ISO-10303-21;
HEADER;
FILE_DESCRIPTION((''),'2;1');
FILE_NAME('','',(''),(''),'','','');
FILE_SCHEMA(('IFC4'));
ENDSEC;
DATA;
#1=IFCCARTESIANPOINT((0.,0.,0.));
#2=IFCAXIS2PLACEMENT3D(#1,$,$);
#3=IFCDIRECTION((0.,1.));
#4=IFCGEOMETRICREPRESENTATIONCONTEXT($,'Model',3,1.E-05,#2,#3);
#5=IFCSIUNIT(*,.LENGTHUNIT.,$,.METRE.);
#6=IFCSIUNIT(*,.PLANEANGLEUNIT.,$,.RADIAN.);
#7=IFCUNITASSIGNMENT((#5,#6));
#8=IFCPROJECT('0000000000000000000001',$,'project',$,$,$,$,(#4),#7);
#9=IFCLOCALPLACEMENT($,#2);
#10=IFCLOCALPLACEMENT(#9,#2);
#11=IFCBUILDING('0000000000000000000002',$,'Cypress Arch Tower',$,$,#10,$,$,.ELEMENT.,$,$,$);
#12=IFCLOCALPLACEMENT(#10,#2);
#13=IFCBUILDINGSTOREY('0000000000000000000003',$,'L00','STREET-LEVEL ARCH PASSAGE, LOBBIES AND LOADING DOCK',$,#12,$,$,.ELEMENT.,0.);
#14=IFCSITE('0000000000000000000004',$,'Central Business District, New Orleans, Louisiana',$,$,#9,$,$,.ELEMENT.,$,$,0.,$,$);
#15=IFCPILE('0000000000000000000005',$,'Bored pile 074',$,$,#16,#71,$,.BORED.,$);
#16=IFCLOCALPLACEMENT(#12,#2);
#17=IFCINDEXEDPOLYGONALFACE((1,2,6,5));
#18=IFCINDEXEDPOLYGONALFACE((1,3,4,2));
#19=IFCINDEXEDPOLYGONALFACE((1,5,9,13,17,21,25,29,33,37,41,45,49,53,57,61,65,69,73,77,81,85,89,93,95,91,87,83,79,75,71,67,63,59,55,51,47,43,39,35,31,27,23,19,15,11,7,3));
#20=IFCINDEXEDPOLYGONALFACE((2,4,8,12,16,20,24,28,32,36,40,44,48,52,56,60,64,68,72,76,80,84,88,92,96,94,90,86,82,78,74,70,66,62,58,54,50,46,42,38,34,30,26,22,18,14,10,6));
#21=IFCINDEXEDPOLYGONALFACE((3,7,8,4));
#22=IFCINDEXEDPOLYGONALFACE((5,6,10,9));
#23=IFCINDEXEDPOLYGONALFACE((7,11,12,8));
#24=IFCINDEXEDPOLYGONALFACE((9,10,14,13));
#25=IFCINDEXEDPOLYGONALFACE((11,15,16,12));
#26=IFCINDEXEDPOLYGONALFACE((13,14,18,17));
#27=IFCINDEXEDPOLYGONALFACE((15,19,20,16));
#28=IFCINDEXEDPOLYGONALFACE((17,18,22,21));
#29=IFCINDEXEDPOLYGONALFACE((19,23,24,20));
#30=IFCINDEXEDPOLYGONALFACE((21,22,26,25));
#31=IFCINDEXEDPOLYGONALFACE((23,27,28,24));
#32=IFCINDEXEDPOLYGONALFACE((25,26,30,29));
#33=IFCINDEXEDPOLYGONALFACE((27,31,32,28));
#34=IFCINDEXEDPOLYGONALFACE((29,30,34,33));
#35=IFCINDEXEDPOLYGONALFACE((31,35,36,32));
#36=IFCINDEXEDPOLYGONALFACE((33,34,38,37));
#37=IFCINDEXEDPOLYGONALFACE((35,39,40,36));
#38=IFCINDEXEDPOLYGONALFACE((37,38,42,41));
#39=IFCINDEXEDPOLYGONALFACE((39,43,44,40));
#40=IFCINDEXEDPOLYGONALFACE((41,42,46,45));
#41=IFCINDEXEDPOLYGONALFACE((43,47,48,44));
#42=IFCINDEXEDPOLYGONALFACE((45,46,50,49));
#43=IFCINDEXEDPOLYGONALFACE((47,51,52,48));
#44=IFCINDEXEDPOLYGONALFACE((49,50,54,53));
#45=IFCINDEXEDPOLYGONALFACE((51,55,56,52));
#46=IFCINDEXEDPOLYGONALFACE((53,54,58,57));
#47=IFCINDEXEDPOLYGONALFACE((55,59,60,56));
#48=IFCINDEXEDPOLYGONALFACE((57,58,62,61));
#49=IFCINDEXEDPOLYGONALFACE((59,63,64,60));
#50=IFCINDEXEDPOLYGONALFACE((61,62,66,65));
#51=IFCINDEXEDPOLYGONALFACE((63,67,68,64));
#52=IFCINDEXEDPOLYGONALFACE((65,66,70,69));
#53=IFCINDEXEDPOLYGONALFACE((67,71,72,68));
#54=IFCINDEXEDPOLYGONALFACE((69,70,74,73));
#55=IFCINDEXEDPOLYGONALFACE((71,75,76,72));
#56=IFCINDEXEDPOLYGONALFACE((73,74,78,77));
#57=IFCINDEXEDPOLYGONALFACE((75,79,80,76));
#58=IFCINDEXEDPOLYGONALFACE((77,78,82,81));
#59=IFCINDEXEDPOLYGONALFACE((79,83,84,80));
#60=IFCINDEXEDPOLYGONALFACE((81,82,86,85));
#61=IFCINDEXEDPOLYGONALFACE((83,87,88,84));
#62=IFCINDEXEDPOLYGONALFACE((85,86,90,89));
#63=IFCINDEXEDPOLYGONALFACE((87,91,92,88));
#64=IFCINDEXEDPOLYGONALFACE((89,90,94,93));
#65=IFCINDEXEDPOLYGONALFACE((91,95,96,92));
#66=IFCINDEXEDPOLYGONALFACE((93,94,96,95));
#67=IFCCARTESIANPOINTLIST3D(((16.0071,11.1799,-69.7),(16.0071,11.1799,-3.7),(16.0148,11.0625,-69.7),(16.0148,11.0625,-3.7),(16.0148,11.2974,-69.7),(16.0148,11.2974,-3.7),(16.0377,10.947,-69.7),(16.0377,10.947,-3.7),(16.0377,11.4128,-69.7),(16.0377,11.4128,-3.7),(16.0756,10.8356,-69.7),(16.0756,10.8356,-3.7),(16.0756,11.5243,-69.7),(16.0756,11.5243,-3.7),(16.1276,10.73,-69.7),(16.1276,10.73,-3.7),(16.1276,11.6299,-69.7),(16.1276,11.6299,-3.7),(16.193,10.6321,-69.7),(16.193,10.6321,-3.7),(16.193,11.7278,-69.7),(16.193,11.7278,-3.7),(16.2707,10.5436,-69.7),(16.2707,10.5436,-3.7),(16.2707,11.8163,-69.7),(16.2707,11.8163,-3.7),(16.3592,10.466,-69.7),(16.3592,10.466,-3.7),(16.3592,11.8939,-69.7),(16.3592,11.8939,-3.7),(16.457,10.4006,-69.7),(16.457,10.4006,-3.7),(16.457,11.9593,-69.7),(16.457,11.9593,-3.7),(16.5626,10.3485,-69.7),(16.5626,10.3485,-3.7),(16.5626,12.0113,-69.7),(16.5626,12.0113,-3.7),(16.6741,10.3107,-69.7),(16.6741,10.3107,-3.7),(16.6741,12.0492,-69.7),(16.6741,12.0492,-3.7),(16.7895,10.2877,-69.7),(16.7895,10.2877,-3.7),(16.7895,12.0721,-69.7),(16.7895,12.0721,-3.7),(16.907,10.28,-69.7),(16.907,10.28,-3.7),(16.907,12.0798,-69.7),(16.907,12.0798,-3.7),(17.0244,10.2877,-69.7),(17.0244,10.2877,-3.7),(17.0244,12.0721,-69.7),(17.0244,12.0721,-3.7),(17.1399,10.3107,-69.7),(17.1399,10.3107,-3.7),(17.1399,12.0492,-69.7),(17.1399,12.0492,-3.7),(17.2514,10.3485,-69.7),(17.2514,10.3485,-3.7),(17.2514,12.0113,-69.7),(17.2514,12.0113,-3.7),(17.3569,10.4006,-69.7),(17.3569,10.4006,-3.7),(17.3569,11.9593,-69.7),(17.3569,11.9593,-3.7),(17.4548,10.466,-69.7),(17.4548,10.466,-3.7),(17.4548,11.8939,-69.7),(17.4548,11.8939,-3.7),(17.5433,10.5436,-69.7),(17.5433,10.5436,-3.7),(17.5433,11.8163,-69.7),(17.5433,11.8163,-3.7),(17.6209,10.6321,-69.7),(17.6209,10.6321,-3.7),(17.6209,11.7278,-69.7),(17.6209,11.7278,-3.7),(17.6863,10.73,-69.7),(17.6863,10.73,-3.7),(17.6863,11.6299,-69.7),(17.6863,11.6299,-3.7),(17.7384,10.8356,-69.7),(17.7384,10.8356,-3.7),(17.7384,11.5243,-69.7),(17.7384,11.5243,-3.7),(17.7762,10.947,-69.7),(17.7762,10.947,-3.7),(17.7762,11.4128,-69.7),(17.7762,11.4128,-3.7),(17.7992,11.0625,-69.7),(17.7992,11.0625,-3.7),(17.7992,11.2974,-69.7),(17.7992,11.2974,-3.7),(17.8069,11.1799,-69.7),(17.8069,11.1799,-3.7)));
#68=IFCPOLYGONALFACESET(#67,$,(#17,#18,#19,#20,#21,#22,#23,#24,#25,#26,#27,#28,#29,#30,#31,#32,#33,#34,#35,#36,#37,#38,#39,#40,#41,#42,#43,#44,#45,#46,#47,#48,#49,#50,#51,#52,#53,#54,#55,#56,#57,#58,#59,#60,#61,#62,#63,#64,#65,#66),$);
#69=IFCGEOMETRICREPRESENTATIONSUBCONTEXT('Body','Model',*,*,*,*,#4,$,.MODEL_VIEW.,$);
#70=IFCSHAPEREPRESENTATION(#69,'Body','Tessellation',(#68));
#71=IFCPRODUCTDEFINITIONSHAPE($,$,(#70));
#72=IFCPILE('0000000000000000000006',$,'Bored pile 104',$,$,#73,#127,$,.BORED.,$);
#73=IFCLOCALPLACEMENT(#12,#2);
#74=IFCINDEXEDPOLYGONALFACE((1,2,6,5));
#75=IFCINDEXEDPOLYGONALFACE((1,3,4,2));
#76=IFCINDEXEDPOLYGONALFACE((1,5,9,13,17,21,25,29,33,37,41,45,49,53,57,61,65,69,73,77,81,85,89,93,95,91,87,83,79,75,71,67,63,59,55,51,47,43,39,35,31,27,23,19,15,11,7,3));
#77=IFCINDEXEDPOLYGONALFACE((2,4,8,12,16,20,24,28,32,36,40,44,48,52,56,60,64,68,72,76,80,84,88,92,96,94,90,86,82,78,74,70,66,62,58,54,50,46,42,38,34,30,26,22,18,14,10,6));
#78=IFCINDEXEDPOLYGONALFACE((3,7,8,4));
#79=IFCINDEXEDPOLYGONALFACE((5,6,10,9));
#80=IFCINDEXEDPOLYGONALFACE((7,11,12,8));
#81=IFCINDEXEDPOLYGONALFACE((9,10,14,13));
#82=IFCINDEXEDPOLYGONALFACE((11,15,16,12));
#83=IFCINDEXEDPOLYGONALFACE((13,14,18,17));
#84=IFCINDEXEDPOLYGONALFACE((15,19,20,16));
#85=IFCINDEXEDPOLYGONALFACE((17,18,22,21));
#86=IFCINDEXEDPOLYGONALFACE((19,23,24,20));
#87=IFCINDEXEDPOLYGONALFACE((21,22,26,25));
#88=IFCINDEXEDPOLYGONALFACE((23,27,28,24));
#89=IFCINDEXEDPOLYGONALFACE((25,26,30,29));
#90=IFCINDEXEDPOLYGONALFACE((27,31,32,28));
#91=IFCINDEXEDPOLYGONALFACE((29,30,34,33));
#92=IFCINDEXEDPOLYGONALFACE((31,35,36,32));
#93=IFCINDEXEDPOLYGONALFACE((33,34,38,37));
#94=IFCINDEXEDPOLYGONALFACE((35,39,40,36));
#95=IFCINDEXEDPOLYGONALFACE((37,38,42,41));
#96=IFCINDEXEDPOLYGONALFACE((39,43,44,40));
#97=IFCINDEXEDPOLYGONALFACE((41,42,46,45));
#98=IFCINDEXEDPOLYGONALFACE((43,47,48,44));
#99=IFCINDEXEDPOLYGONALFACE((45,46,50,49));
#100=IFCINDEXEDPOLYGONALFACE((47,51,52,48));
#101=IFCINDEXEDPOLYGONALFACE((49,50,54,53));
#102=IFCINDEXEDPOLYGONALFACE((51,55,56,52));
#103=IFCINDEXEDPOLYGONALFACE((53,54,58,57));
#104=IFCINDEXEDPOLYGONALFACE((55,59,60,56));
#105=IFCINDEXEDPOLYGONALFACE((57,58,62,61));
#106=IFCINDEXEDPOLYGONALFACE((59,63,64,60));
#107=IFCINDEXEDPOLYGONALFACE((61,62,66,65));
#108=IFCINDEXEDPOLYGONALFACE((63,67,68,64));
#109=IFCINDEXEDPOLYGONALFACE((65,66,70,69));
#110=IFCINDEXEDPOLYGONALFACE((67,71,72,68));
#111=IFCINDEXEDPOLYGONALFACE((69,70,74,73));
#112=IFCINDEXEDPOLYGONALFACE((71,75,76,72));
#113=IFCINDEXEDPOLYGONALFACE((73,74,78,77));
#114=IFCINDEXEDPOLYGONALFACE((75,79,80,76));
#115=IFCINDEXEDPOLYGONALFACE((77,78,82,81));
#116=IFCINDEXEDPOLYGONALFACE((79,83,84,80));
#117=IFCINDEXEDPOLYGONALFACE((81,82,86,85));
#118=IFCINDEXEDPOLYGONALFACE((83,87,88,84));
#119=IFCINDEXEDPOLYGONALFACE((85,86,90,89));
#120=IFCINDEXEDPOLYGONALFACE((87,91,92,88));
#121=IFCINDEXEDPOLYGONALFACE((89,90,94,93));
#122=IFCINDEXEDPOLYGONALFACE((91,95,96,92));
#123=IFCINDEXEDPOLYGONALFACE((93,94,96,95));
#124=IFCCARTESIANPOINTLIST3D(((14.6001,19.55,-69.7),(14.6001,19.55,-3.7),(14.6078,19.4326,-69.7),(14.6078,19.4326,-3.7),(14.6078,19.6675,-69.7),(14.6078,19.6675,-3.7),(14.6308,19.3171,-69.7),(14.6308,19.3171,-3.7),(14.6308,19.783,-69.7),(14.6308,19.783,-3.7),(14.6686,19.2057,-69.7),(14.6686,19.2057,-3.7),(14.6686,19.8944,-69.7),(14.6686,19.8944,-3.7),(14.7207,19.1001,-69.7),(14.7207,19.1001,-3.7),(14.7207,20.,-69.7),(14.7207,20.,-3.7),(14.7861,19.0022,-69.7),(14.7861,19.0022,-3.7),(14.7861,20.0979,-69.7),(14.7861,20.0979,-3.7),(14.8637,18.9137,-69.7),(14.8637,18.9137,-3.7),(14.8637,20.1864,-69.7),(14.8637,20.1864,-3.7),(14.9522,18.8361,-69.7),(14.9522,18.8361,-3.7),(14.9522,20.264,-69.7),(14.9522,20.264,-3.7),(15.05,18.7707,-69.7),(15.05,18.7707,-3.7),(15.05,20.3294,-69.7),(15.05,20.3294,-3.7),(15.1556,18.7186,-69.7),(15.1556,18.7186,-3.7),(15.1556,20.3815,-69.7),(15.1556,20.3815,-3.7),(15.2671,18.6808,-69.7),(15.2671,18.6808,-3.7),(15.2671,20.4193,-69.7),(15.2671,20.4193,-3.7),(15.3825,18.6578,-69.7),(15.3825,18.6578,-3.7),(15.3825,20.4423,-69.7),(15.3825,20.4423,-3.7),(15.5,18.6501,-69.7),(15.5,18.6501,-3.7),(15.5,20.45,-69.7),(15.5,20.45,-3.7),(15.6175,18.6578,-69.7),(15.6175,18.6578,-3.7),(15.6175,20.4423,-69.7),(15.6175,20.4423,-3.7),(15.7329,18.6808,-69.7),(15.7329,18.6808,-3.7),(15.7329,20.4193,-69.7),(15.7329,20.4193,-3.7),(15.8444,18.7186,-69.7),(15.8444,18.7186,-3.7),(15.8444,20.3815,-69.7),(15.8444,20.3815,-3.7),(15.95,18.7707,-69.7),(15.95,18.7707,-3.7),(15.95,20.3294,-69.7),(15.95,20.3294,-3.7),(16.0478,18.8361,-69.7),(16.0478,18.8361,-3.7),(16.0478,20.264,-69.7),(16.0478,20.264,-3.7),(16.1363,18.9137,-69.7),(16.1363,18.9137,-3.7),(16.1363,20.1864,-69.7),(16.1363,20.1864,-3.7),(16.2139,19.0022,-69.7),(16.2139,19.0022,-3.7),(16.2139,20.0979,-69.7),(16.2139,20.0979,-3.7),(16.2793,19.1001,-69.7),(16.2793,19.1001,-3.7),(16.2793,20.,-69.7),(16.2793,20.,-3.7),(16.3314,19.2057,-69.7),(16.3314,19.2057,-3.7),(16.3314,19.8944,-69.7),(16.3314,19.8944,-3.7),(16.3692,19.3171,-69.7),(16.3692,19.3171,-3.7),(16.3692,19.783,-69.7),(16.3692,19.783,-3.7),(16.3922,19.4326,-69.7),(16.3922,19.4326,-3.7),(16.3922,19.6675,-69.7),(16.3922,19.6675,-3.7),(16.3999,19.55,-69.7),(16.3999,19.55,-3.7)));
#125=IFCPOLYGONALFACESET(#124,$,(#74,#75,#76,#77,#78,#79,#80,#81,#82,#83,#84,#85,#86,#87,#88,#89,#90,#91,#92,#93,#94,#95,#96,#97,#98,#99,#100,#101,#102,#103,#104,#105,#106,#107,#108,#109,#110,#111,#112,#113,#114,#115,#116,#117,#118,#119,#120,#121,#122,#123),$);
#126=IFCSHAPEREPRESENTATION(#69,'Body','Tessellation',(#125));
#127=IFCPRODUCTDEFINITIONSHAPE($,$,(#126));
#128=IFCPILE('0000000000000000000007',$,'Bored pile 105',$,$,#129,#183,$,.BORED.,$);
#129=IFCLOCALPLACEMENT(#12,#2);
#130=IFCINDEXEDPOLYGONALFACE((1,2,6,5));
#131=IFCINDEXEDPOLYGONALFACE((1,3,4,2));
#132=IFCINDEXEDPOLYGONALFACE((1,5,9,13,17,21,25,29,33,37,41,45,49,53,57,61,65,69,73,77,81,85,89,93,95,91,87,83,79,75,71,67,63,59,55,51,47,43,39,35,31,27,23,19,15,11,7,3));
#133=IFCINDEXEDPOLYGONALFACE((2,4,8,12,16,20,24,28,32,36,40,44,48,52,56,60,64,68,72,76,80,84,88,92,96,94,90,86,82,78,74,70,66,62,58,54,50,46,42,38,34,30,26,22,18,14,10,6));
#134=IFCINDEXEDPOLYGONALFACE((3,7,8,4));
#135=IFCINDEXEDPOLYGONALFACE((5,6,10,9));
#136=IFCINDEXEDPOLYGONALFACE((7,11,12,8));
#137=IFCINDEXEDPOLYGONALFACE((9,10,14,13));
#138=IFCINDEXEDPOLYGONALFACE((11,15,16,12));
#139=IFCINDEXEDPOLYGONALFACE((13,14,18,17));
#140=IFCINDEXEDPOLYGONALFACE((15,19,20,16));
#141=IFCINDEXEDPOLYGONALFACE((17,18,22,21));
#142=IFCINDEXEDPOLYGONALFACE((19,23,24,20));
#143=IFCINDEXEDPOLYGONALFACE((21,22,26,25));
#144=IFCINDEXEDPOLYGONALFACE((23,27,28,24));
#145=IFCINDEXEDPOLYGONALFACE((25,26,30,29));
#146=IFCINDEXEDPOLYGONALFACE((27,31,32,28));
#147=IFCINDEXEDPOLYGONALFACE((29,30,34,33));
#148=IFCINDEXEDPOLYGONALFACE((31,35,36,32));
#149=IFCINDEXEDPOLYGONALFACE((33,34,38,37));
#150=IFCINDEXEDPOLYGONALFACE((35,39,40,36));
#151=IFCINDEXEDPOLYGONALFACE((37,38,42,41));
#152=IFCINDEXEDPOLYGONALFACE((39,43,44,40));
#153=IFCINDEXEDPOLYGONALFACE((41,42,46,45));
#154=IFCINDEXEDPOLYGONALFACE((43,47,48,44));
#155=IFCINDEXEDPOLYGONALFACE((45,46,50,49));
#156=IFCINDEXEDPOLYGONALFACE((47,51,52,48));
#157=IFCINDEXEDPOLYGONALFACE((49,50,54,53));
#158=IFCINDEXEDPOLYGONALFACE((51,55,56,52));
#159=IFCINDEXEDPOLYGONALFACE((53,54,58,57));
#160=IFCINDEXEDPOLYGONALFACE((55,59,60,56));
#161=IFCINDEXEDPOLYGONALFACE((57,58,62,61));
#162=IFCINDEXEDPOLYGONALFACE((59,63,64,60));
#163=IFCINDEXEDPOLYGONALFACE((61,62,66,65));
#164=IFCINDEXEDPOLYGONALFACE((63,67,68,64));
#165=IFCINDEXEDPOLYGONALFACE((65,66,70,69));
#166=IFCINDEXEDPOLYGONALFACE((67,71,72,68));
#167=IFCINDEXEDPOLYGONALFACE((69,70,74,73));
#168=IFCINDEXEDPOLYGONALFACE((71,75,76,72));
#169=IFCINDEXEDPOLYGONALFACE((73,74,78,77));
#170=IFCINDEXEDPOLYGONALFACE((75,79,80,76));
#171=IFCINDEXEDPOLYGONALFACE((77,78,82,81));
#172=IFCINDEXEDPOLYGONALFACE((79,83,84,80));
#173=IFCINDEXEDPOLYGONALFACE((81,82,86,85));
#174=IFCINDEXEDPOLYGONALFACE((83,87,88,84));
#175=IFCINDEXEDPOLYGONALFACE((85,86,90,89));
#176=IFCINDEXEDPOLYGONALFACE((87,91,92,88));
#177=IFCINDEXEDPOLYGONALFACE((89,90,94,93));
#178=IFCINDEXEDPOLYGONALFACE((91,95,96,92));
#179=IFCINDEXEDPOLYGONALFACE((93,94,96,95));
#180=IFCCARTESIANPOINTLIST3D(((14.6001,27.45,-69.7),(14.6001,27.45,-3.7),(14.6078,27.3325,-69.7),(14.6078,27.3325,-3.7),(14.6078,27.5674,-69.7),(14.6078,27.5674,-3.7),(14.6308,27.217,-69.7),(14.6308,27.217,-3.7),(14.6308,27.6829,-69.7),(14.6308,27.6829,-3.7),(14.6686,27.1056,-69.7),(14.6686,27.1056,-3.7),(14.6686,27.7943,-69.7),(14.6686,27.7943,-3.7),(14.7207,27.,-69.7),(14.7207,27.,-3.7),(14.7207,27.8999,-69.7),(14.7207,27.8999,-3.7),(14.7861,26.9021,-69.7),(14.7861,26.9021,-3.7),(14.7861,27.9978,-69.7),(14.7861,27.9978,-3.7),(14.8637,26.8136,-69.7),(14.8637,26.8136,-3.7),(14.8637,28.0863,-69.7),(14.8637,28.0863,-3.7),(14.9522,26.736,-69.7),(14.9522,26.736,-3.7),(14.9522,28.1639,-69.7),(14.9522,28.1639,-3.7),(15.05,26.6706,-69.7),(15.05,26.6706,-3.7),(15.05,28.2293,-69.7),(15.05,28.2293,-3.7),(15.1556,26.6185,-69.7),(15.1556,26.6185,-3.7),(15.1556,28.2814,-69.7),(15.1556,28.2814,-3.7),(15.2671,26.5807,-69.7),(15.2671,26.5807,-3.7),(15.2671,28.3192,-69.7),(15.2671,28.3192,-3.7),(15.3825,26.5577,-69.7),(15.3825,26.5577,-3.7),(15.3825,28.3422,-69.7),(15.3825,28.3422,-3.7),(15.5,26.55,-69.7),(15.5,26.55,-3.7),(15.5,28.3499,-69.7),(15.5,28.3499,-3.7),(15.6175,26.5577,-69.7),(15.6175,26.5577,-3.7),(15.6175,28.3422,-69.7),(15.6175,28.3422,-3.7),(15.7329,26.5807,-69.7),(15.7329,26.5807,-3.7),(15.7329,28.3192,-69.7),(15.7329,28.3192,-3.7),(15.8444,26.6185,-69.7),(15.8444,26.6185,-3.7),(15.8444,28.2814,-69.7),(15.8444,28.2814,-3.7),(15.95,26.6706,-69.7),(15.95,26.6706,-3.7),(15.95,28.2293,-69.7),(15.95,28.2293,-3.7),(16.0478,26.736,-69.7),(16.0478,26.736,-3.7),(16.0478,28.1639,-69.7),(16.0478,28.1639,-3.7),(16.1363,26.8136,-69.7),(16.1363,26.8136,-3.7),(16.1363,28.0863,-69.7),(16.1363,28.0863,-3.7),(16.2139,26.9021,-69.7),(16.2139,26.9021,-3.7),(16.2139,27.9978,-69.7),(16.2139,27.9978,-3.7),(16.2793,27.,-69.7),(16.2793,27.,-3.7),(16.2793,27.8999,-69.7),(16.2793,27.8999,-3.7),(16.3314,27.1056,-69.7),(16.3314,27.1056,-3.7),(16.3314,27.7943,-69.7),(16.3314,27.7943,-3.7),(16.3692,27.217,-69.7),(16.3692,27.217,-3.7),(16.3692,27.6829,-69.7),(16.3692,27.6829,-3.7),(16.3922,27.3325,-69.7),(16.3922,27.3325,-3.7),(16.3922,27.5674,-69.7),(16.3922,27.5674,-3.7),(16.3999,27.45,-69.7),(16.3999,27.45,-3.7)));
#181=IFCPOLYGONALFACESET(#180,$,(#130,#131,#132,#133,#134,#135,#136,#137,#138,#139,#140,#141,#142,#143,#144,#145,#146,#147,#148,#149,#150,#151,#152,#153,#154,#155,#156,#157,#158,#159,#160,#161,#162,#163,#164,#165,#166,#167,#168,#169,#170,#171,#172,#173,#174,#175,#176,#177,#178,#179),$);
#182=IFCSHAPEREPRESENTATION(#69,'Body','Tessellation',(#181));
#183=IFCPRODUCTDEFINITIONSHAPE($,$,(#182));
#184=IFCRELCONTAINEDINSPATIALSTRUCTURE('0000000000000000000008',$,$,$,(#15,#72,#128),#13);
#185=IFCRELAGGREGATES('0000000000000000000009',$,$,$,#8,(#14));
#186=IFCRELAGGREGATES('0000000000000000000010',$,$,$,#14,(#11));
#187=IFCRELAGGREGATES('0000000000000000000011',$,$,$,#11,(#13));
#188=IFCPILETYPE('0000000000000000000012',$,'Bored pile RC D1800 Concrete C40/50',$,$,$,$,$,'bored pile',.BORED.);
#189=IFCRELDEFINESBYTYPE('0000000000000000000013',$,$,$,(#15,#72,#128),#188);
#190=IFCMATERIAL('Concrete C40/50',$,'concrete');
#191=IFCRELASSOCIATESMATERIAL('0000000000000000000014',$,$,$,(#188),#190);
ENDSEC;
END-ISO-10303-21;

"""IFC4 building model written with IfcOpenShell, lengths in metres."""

from ifc_helpers import new_model, si_unit, direction, frame, origin, origin_2d, place, context, subcontext, project, spatial, circle, extrude, material, material_profile, profile_set, type_object, element, save


model = new_model("IFC4")

# Units and contexts
model_context = context("Model", 3, precision=1e-05, world=origin(), true_north=direction((0.0, 1.0)))
body_context = subcontext(model_context, "Body", "Model", "MODEL_VIEW")
ifc_project = project(units=[si_unit("LENGTHUNIT", "METRE"), si_unit("PLANEANGLEUNIT", "RADIAN")], contexts=[model_context])

# Site, building, storey
site_placement = place(None, origin())
site = spatial("IfcSite", under=ifc_project, at=site_placement, Name="Central Business District, New Orleans, Louisiana", CompositionType="ELEMENT", RefElevation=0.0)
building_placement = place(site_placement, origin())
building = spatial("IfcBuilding", under=site, at=building_placement, Name="Cypress Arch Tower", CompositionType="ELEMENT")
storey_placement = place(building_placement, origin())
storey = spatial("IfcBuildingStorey", under=building, at=storey_placement, Name="L00", Description="STREET-LEVEL ARCH PASSAGE, LOBBIES AND LOADING DOCK", CompositionType="ELEMENT", Elevation=0.0)

# Piles
ifc_material_1 = material(Name="Concrete C40/50", Category="concrete")
ifc_material_profile_1 = material_profile(ifc_material_1, circle(Radius=0.8999, at=origin_2d()), Name="RC D1800")
ifc_profile_set_1 = profile_set([ifc_material_profile_1], Name="Concrete C40/50")
pile_type = type_object("IfcPileType", Name="Bored pile RC D1800 Concrete C40/50", ElementType="bored pile", PredefinedType="BORED", material=ifc_profile_set_1)
for number, where, z_axis, x_axis, name in (
    (1, (16.907, 11.1799, -3.7), (0.0, 0.0, -1.0), (1.0, 0.0, 0.0), "Bored pile 074"),
    (2, (15.5, 19.55, -3.7), (0.0, 0.0, -1.0), (1.0, 0.0, 0.0), "Bored pile 104"),
    (3, (15.5, 27.45, -3.7), (0.0, 0.0, -1.0), (1.0, 0.0, 0.0), "Bored pile 105"),
):
    element("IfcPile", number, at=place(storey_placement, frame(where, z_axis=z_axis, x_axis=x_axis)), inside=storey, type_object=pile_type, Name=name, PredefinedType="BORED", context=body_context, shape_type="SweptSolid", body=[
        extrude(circle(Radius=0.8999, at=origin_2d()), origin(), (0.0, 0.0, 1.0), 66.0),
    ])

save(model, "model.ifc")
